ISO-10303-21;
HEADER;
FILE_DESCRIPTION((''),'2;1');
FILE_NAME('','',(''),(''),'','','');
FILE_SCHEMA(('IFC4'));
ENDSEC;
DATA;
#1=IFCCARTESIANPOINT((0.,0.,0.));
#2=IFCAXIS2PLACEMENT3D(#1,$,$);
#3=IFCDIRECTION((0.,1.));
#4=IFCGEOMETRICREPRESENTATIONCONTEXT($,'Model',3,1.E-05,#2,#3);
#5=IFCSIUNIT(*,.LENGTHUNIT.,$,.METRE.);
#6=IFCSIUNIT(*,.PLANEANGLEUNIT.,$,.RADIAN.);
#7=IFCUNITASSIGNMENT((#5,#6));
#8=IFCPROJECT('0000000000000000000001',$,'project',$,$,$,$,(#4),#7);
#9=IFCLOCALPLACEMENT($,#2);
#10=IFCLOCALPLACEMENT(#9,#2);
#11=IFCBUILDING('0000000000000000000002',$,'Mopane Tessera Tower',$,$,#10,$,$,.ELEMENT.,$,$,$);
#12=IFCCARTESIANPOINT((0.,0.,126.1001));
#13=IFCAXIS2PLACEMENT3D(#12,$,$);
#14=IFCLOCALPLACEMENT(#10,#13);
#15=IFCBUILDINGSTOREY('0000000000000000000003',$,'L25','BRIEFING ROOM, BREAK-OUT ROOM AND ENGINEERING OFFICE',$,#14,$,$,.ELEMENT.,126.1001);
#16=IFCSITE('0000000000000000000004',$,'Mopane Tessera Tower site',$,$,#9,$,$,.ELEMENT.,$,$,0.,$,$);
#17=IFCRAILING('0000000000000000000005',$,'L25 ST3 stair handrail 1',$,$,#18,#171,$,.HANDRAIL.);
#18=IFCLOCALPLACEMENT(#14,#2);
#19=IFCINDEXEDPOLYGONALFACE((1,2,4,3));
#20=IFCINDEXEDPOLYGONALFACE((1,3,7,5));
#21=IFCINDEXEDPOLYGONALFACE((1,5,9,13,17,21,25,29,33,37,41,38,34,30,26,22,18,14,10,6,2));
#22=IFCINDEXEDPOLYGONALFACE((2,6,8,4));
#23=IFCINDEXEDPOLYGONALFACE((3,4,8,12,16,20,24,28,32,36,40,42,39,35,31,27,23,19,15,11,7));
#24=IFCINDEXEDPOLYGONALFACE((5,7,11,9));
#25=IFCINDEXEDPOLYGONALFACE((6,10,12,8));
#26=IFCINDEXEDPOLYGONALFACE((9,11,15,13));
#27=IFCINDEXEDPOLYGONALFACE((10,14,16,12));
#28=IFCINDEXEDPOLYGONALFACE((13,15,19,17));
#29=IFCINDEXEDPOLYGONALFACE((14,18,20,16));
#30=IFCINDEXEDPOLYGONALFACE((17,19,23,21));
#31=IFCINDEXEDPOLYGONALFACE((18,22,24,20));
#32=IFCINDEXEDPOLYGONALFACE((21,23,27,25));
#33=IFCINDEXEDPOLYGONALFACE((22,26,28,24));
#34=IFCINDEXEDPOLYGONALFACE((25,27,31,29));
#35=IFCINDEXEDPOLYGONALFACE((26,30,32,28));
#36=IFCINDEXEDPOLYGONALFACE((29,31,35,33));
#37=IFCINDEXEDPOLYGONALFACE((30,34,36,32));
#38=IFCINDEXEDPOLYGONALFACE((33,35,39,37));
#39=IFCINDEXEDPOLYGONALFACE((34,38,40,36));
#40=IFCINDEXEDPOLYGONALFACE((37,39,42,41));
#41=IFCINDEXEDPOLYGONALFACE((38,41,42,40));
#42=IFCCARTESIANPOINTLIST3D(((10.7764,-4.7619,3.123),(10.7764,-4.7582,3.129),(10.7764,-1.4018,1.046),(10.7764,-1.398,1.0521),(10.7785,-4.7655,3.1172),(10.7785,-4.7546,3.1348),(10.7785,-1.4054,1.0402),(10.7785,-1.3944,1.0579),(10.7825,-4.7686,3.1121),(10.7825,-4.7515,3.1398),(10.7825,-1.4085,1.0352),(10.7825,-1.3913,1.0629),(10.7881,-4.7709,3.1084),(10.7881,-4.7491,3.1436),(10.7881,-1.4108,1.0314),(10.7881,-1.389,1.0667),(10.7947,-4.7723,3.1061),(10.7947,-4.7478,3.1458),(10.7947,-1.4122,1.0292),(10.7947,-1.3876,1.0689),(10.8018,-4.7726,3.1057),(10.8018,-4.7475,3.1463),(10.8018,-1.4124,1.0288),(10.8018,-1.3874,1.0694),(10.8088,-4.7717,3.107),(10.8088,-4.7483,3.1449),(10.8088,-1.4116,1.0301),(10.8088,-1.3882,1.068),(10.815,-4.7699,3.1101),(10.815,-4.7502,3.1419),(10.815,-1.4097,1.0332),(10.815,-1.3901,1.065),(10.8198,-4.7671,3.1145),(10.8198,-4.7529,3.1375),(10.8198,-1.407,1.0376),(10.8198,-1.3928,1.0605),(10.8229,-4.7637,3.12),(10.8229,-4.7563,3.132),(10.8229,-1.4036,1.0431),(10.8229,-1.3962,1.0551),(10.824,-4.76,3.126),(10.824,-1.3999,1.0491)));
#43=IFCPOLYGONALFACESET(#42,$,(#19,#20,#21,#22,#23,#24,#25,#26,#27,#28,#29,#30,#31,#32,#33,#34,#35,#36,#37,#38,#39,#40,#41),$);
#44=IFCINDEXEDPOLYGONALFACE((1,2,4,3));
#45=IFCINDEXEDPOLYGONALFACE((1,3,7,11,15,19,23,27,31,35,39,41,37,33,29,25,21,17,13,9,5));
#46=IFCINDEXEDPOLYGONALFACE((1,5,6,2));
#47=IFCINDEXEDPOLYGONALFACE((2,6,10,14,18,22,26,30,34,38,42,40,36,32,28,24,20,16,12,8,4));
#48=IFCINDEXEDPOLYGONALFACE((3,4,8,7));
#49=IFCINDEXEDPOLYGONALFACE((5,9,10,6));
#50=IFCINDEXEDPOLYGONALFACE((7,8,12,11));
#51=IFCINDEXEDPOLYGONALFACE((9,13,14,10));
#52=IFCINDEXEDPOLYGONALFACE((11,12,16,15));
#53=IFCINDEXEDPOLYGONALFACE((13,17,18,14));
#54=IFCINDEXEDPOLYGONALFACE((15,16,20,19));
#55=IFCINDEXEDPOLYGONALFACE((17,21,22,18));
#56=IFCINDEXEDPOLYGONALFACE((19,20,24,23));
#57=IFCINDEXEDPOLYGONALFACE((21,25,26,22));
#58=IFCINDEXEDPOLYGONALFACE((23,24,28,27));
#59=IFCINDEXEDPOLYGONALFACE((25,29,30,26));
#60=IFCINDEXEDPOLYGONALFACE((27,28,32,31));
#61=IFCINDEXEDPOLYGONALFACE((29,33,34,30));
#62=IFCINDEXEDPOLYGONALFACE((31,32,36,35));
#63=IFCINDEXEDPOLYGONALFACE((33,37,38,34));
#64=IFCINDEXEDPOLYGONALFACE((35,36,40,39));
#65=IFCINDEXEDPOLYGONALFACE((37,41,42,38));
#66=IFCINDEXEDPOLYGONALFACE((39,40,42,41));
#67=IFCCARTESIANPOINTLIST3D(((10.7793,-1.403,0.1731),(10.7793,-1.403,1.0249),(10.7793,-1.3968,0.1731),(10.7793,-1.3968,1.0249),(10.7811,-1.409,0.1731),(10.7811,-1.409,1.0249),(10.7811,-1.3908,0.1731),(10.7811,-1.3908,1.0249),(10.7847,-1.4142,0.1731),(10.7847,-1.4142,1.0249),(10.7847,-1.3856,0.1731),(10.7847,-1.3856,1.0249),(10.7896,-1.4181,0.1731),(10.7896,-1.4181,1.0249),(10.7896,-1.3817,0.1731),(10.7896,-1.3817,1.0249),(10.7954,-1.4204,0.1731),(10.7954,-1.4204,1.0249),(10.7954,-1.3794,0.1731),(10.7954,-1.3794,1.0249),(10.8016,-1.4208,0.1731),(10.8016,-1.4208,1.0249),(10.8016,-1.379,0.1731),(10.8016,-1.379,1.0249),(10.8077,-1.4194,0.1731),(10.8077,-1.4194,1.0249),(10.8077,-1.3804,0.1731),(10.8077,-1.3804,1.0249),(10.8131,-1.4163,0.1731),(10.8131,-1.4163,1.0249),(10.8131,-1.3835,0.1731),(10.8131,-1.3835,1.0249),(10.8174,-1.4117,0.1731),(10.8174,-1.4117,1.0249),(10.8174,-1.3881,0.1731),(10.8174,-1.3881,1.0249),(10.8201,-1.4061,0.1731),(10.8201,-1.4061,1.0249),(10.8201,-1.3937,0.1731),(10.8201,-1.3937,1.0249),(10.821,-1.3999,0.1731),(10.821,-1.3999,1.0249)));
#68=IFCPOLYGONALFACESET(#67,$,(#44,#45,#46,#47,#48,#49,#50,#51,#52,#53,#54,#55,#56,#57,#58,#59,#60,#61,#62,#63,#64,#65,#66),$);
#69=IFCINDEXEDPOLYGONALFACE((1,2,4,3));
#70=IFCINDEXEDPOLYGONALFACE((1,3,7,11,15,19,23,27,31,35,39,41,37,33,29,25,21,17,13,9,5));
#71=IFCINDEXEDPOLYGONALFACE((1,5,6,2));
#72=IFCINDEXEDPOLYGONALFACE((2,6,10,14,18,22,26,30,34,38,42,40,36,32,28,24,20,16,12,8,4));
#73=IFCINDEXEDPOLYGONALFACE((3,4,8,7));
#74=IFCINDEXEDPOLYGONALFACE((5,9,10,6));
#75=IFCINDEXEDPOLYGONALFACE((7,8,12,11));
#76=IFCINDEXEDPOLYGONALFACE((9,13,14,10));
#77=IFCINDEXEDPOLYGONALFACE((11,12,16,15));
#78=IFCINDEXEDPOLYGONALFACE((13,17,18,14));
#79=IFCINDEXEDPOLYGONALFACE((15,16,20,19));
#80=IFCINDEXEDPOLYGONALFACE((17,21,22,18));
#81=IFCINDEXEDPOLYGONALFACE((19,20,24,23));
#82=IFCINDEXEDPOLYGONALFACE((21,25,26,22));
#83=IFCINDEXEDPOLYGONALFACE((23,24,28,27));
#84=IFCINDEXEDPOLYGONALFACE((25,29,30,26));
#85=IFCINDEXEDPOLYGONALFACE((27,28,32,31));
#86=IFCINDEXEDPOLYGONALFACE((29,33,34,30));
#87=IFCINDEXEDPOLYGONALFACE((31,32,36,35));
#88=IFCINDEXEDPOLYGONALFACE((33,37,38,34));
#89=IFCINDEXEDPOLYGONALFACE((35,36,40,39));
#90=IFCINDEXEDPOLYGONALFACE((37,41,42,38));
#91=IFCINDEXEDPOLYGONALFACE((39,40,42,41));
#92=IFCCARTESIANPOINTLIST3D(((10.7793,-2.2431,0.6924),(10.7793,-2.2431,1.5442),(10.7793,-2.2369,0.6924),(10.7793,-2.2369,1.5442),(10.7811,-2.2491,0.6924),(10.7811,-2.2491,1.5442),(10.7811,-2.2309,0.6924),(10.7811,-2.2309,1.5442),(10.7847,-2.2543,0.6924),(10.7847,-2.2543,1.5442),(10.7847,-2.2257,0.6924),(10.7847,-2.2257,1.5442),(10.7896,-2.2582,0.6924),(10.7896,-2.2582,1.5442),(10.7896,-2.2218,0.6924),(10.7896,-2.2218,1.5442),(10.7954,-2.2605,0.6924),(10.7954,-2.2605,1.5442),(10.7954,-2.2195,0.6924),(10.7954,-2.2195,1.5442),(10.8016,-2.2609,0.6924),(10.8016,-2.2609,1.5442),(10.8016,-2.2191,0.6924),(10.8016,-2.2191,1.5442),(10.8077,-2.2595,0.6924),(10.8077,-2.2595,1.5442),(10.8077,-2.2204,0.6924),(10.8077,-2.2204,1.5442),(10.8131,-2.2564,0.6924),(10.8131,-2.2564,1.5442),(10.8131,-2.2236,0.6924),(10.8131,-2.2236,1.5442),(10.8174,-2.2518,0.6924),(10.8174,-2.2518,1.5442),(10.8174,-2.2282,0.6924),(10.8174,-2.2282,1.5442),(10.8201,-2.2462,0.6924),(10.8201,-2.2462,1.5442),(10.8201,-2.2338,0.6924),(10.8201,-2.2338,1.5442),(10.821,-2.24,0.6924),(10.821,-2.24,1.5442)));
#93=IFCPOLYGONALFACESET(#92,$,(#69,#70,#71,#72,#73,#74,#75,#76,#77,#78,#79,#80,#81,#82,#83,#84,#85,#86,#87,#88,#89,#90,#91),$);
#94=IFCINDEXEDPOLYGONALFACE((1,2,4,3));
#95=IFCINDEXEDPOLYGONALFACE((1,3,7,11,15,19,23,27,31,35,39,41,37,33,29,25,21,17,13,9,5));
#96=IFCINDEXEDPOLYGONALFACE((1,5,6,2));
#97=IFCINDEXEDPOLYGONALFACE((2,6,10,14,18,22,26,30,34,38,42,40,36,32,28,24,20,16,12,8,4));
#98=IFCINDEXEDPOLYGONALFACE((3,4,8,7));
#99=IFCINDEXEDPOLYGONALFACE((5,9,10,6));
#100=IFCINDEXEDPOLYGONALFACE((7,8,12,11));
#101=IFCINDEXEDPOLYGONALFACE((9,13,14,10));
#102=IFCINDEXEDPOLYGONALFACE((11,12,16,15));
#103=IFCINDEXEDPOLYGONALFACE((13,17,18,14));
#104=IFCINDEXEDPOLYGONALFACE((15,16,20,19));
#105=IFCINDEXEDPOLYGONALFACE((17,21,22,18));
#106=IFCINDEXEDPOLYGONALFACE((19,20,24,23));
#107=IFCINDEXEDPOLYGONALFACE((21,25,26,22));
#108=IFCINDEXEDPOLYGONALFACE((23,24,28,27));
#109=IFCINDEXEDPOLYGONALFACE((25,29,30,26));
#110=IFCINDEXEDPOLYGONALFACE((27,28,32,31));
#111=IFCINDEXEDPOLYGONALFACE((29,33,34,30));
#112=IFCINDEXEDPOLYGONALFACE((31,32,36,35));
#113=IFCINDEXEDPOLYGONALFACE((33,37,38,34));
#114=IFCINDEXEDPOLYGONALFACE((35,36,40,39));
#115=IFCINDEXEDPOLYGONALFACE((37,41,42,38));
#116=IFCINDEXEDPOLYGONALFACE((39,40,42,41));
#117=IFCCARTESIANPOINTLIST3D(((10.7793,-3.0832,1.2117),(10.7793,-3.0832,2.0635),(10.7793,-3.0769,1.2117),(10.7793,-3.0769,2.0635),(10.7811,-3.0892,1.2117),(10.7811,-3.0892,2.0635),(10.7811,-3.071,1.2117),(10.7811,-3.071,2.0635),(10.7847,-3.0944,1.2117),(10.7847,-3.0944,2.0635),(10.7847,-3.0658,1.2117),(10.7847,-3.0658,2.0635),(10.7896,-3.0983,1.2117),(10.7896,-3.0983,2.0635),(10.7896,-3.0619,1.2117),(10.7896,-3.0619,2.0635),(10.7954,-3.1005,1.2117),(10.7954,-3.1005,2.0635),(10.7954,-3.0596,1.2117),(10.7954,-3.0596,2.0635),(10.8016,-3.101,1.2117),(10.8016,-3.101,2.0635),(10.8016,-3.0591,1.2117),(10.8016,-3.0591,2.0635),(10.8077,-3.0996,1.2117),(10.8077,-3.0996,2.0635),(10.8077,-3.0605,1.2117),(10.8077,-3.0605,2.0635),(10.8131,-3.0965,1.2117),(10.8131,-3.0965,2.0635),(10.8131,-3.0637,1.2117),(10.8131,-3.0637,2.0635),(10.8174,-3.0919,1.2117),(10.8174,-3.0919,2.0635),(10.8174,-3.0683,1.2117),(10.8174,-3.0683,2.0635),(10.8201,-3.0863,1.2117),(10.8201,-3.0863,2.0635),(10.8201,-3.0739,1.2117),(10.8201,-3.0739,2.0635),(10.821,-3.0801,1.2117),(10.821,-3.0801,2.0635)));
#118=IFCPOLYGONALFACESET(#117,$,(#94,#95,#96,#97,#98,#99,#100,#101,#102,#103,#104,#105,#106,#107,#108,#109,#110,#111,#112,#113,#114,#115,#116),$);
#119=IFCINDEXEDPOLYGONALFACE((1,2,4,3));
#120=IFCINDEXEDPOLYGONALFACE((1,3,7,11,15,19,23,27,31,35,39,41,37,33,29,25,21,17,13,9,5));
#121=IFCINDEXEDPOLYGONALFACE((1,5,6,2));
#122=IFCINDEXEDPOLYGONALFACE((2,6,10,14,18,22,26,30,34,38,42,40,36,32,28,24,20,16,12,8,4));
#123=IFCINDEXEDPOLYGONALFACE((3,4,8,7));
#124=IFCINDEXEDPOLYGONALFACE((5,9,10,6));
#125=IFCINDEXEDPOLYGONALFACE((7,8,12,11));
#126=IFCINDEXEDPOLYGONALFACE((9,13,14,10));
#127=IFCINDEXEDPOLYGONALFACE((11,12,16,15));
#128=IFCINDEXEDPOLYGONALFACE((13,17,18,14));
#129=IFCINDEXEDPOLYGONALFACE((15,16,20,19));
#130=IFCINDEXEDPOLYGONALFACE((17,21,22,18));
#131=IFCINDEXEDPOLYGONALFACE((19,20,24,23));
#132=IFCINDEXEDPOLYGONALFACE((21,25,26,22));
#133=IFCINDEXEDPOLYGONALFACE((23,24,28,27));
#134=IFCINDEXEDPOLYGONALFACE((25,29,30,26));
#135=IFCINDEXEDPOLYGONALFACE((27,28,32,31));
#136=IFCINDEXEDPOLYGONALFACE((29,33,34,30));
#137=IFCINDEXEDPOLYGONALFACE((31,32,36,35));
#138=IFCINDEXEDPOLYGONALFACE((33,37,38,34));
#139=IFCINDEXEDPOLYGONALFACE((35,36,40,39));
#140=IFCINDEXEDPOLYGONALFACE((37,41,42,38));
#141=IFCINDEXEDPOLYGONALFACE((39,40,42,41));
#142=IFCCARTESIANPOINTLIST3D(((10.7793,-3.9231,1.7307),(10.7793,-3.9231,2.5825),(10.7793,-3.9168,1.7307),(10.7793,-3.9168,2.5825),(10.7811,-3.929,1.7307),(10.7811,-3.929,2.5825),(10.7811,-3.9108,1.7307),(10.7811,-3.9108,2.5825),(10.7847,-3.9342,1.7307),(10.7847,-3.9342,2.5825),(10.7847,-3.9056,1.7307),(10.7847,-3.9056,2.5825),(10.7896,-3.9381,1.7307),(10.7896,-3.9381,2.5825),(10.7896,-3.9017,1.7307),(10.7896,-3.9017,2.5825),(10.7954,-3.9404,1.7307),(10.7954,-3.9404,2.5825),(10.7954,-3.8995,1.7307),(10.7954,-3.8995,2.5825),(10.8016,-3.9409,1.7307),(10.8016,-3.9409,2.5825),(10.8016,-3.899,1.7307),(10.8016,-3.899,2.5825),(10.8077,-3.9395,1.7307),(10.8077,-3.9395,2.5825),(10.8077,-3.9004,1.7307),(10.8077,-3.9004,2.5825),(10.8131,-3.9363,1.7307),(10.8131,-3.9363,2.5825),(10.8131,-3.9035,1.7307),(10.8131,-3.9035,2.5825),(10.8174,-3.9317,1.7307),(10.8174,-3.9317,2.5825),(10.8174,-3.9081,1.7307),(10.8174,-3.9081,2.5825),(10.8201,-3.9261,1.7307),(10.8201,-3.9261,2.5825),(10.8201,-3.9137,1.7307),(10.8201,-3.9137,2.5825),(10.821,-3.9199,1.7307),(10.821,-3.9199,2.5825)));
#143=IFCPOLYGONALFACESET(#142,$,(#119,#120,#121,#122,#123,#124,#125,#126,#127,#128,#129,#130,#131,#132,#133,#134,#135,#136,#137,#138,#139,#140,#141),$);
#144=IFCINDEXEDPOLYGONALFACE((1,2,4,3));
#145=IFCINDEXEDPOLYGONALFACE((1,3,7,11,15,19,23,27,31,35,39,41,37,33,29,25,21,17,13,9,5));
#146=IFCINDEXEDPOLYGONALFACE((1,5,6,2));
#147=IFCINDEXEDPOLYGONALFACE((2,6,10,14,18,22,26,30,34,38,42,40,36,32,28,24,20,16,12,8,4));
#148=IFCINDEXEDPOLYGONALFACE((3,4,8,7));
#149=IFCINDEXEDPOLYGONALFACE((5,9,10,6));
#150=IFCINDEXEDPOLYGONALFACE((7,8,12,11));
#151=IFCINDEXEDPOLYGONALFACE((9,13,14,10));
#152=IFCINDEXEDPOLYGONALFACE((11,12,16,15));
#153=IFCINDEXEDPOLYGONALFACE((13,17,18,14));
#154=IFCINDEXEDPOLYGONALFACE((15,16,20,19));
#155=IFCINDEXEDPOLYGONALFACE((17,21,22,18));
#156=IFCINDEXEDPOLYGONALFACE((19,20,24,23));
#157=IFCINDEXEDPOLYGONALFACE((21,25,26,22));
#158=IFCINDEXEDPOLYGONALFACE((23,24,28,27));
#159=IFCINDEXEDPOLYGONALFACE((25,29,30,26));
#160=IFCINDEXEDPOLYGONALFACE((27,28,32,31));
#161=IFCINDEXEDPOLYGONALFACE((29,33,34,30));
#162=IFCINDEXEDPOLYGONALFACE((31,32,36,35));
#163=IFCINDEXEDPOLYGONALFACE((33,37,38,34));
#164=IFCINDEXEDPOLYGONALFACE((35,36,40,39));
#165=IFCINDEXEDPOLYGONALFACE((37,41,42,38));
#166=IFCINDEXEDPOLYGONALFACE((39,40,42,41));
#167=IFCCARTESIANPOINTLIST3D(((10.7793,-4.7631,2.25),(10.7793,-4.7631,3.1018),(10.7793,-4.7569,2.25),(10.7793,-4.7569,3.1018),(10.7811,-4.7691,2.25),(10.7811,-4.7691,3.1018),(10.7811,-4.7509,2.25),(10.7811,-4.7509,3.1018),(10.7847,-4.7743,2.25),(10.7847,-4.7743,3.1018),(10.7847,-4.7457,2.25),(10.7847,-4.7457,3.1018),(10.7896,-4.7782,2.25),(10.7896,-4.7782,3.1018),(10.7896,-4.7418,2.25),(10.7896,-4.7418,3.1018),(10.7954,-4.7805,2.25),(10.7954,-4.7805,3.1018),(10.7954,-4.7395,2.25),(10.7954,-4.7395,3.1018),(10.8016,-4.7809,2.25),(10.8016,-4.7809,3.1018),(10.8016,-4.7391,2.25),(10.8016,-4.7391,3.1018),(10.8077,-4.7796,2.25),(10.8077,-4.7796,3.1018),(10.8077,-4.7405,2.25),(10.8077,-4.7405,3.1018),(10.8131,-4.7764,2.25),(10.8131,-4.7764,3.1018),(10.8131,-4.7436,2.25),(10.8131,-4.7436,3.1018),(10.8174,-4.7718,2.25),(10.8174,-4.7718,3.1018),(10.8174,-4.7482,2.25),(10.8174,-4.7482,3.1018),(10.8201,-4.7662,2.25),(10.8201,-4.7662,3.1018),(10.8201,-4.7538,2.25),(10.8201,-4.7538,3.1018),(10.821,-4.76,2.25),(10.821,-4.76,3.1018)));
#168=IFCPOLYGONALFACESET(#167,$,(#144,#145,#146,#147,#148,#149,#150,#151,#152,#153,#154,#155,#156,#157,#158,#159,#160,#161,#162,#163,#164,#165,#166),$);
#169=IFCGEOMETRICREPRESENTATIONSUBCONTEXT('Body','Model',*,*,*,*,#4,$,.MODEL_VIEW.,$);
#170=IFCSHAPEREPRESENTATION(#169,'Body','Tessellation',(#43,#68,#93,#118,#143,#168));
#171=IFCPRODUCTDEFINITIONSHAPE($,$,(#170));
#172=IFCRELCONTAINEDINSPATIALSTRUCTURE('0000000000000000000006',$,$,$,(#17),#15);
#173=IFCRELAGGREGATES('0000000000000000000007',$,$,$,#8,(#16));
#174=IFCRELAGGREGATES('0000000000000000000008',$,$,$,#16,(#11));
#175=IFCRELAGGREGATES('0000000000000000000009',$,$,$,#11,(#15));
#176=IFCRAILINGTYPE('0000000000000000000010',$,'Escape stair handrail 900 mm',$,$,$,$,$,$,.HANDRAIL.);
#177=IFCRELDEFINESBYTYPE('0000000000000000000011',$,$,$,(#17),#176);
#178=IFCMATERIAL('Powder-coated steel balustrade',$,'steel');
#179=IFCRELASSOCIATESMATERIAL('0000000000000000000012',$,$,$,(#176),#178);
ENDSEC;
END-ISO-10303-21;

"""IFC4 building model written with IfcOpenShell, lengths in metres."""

from ifc_helpers import new_model, si_unit, direction, frame, origin, origin_2d, place, context, subcontext, project, spatial, circle, extrude, material, type_object, element, save


model = new_model("IFC4")

# Units and contexts
model_context = context("Model", 3, precision=1e-05, world=origin(), true_north=direction((0.0, 1.0)))
body_context = subcontext(model_context, "Body", "Model", "MODEL_VIEW")
ifc_project = project(units=[si_unit("LENGTHUNIT", "METRE"), si_unit("PLANEANGLEUNIT", "RADIAN")], contexts=[model_context])

# Site, building, storey
site_placement = place(None, origin())
site = spatial("IfcSite", under=ifc_project, at=site_placement, Name="Mopane Tessera Tower site", CompositionType="ELEMENT", RefElevation=0.0)
building_placement = place(site_placement, origin())
building = spatial("IfcBuilding", under=site, at=building_placement, Name="Mopane Tessera Tower", CompositionType="ELEMENT")
storey_placement = place(building_placement, frame((0.0, 0.0, 126.1001)))
storey = spatial("IfcBuildingStorey", under=building, at=storey_placement, Name="L25", Description="BRIEFING ROOM, BREAK-OUT ROOM AND ENGINEERING OFFICE", CompositionType="ELEMENT", Elevation=126.1001)

# Railing
ifc_material_1 = material(Name="Powder-coated steel balustrade", Category="steel")
railing_type_1 = type_object("IfcRailingType", Name="Escape stair handrail 900 mm", PredefinedType="HANDRAIL", material=ifc_material_1)
railing_1_placement = place(storey_placement, frame((10.8, -1.3999, 0.1731)))
element("IfcRailing", 1, at=railing_1_placement, inside=storey, type_object=railing_type_1, Name="L25 ST3 stair handrail 1", PredefinedType="HANDRAIL", context=body_context, shape_type="SweptSolid", body=[
    extrude(circle(Radius=0.0239, at=origin_2d()), frame((0.0, 0.0, 0.876), z_axis=(0.0, -0.850623, 0.525776), x_axis=(1.0, 0.0, 0.0)), (0.0, 0.0, 1.0), 3.9502),
    extrude(circle(Radius=0.021, at=origin_2d()), origin(), (0.0, 0.0, 1.0), 0.8518),
    extrude(circle(Radius=0.021, at=origin_2d()), frame((0.0, -0.8401, 0.5193)), (0.0, 0.0, 1.0), 0.8518),
    extrude(circle(Radius=0.021, at=origin_2d()), frame((0.0, -1.6802, 1.0386)), (0.0, 0.0, 1.0), 0.8518),
    extrude(circle(Radius=0.021, at=origin_2d()), frame((0.0, -2.52, 1.5576)), (0.0, 0.0, 1.0), 0.8518),
    extrude(circle(Radius=0.021, at=origin_2d()), frame((0.0, -3.3601, 2.0769)), (0.0, 0.0, 1.0), 0.8518),
])

save(model, "model.ifc")
